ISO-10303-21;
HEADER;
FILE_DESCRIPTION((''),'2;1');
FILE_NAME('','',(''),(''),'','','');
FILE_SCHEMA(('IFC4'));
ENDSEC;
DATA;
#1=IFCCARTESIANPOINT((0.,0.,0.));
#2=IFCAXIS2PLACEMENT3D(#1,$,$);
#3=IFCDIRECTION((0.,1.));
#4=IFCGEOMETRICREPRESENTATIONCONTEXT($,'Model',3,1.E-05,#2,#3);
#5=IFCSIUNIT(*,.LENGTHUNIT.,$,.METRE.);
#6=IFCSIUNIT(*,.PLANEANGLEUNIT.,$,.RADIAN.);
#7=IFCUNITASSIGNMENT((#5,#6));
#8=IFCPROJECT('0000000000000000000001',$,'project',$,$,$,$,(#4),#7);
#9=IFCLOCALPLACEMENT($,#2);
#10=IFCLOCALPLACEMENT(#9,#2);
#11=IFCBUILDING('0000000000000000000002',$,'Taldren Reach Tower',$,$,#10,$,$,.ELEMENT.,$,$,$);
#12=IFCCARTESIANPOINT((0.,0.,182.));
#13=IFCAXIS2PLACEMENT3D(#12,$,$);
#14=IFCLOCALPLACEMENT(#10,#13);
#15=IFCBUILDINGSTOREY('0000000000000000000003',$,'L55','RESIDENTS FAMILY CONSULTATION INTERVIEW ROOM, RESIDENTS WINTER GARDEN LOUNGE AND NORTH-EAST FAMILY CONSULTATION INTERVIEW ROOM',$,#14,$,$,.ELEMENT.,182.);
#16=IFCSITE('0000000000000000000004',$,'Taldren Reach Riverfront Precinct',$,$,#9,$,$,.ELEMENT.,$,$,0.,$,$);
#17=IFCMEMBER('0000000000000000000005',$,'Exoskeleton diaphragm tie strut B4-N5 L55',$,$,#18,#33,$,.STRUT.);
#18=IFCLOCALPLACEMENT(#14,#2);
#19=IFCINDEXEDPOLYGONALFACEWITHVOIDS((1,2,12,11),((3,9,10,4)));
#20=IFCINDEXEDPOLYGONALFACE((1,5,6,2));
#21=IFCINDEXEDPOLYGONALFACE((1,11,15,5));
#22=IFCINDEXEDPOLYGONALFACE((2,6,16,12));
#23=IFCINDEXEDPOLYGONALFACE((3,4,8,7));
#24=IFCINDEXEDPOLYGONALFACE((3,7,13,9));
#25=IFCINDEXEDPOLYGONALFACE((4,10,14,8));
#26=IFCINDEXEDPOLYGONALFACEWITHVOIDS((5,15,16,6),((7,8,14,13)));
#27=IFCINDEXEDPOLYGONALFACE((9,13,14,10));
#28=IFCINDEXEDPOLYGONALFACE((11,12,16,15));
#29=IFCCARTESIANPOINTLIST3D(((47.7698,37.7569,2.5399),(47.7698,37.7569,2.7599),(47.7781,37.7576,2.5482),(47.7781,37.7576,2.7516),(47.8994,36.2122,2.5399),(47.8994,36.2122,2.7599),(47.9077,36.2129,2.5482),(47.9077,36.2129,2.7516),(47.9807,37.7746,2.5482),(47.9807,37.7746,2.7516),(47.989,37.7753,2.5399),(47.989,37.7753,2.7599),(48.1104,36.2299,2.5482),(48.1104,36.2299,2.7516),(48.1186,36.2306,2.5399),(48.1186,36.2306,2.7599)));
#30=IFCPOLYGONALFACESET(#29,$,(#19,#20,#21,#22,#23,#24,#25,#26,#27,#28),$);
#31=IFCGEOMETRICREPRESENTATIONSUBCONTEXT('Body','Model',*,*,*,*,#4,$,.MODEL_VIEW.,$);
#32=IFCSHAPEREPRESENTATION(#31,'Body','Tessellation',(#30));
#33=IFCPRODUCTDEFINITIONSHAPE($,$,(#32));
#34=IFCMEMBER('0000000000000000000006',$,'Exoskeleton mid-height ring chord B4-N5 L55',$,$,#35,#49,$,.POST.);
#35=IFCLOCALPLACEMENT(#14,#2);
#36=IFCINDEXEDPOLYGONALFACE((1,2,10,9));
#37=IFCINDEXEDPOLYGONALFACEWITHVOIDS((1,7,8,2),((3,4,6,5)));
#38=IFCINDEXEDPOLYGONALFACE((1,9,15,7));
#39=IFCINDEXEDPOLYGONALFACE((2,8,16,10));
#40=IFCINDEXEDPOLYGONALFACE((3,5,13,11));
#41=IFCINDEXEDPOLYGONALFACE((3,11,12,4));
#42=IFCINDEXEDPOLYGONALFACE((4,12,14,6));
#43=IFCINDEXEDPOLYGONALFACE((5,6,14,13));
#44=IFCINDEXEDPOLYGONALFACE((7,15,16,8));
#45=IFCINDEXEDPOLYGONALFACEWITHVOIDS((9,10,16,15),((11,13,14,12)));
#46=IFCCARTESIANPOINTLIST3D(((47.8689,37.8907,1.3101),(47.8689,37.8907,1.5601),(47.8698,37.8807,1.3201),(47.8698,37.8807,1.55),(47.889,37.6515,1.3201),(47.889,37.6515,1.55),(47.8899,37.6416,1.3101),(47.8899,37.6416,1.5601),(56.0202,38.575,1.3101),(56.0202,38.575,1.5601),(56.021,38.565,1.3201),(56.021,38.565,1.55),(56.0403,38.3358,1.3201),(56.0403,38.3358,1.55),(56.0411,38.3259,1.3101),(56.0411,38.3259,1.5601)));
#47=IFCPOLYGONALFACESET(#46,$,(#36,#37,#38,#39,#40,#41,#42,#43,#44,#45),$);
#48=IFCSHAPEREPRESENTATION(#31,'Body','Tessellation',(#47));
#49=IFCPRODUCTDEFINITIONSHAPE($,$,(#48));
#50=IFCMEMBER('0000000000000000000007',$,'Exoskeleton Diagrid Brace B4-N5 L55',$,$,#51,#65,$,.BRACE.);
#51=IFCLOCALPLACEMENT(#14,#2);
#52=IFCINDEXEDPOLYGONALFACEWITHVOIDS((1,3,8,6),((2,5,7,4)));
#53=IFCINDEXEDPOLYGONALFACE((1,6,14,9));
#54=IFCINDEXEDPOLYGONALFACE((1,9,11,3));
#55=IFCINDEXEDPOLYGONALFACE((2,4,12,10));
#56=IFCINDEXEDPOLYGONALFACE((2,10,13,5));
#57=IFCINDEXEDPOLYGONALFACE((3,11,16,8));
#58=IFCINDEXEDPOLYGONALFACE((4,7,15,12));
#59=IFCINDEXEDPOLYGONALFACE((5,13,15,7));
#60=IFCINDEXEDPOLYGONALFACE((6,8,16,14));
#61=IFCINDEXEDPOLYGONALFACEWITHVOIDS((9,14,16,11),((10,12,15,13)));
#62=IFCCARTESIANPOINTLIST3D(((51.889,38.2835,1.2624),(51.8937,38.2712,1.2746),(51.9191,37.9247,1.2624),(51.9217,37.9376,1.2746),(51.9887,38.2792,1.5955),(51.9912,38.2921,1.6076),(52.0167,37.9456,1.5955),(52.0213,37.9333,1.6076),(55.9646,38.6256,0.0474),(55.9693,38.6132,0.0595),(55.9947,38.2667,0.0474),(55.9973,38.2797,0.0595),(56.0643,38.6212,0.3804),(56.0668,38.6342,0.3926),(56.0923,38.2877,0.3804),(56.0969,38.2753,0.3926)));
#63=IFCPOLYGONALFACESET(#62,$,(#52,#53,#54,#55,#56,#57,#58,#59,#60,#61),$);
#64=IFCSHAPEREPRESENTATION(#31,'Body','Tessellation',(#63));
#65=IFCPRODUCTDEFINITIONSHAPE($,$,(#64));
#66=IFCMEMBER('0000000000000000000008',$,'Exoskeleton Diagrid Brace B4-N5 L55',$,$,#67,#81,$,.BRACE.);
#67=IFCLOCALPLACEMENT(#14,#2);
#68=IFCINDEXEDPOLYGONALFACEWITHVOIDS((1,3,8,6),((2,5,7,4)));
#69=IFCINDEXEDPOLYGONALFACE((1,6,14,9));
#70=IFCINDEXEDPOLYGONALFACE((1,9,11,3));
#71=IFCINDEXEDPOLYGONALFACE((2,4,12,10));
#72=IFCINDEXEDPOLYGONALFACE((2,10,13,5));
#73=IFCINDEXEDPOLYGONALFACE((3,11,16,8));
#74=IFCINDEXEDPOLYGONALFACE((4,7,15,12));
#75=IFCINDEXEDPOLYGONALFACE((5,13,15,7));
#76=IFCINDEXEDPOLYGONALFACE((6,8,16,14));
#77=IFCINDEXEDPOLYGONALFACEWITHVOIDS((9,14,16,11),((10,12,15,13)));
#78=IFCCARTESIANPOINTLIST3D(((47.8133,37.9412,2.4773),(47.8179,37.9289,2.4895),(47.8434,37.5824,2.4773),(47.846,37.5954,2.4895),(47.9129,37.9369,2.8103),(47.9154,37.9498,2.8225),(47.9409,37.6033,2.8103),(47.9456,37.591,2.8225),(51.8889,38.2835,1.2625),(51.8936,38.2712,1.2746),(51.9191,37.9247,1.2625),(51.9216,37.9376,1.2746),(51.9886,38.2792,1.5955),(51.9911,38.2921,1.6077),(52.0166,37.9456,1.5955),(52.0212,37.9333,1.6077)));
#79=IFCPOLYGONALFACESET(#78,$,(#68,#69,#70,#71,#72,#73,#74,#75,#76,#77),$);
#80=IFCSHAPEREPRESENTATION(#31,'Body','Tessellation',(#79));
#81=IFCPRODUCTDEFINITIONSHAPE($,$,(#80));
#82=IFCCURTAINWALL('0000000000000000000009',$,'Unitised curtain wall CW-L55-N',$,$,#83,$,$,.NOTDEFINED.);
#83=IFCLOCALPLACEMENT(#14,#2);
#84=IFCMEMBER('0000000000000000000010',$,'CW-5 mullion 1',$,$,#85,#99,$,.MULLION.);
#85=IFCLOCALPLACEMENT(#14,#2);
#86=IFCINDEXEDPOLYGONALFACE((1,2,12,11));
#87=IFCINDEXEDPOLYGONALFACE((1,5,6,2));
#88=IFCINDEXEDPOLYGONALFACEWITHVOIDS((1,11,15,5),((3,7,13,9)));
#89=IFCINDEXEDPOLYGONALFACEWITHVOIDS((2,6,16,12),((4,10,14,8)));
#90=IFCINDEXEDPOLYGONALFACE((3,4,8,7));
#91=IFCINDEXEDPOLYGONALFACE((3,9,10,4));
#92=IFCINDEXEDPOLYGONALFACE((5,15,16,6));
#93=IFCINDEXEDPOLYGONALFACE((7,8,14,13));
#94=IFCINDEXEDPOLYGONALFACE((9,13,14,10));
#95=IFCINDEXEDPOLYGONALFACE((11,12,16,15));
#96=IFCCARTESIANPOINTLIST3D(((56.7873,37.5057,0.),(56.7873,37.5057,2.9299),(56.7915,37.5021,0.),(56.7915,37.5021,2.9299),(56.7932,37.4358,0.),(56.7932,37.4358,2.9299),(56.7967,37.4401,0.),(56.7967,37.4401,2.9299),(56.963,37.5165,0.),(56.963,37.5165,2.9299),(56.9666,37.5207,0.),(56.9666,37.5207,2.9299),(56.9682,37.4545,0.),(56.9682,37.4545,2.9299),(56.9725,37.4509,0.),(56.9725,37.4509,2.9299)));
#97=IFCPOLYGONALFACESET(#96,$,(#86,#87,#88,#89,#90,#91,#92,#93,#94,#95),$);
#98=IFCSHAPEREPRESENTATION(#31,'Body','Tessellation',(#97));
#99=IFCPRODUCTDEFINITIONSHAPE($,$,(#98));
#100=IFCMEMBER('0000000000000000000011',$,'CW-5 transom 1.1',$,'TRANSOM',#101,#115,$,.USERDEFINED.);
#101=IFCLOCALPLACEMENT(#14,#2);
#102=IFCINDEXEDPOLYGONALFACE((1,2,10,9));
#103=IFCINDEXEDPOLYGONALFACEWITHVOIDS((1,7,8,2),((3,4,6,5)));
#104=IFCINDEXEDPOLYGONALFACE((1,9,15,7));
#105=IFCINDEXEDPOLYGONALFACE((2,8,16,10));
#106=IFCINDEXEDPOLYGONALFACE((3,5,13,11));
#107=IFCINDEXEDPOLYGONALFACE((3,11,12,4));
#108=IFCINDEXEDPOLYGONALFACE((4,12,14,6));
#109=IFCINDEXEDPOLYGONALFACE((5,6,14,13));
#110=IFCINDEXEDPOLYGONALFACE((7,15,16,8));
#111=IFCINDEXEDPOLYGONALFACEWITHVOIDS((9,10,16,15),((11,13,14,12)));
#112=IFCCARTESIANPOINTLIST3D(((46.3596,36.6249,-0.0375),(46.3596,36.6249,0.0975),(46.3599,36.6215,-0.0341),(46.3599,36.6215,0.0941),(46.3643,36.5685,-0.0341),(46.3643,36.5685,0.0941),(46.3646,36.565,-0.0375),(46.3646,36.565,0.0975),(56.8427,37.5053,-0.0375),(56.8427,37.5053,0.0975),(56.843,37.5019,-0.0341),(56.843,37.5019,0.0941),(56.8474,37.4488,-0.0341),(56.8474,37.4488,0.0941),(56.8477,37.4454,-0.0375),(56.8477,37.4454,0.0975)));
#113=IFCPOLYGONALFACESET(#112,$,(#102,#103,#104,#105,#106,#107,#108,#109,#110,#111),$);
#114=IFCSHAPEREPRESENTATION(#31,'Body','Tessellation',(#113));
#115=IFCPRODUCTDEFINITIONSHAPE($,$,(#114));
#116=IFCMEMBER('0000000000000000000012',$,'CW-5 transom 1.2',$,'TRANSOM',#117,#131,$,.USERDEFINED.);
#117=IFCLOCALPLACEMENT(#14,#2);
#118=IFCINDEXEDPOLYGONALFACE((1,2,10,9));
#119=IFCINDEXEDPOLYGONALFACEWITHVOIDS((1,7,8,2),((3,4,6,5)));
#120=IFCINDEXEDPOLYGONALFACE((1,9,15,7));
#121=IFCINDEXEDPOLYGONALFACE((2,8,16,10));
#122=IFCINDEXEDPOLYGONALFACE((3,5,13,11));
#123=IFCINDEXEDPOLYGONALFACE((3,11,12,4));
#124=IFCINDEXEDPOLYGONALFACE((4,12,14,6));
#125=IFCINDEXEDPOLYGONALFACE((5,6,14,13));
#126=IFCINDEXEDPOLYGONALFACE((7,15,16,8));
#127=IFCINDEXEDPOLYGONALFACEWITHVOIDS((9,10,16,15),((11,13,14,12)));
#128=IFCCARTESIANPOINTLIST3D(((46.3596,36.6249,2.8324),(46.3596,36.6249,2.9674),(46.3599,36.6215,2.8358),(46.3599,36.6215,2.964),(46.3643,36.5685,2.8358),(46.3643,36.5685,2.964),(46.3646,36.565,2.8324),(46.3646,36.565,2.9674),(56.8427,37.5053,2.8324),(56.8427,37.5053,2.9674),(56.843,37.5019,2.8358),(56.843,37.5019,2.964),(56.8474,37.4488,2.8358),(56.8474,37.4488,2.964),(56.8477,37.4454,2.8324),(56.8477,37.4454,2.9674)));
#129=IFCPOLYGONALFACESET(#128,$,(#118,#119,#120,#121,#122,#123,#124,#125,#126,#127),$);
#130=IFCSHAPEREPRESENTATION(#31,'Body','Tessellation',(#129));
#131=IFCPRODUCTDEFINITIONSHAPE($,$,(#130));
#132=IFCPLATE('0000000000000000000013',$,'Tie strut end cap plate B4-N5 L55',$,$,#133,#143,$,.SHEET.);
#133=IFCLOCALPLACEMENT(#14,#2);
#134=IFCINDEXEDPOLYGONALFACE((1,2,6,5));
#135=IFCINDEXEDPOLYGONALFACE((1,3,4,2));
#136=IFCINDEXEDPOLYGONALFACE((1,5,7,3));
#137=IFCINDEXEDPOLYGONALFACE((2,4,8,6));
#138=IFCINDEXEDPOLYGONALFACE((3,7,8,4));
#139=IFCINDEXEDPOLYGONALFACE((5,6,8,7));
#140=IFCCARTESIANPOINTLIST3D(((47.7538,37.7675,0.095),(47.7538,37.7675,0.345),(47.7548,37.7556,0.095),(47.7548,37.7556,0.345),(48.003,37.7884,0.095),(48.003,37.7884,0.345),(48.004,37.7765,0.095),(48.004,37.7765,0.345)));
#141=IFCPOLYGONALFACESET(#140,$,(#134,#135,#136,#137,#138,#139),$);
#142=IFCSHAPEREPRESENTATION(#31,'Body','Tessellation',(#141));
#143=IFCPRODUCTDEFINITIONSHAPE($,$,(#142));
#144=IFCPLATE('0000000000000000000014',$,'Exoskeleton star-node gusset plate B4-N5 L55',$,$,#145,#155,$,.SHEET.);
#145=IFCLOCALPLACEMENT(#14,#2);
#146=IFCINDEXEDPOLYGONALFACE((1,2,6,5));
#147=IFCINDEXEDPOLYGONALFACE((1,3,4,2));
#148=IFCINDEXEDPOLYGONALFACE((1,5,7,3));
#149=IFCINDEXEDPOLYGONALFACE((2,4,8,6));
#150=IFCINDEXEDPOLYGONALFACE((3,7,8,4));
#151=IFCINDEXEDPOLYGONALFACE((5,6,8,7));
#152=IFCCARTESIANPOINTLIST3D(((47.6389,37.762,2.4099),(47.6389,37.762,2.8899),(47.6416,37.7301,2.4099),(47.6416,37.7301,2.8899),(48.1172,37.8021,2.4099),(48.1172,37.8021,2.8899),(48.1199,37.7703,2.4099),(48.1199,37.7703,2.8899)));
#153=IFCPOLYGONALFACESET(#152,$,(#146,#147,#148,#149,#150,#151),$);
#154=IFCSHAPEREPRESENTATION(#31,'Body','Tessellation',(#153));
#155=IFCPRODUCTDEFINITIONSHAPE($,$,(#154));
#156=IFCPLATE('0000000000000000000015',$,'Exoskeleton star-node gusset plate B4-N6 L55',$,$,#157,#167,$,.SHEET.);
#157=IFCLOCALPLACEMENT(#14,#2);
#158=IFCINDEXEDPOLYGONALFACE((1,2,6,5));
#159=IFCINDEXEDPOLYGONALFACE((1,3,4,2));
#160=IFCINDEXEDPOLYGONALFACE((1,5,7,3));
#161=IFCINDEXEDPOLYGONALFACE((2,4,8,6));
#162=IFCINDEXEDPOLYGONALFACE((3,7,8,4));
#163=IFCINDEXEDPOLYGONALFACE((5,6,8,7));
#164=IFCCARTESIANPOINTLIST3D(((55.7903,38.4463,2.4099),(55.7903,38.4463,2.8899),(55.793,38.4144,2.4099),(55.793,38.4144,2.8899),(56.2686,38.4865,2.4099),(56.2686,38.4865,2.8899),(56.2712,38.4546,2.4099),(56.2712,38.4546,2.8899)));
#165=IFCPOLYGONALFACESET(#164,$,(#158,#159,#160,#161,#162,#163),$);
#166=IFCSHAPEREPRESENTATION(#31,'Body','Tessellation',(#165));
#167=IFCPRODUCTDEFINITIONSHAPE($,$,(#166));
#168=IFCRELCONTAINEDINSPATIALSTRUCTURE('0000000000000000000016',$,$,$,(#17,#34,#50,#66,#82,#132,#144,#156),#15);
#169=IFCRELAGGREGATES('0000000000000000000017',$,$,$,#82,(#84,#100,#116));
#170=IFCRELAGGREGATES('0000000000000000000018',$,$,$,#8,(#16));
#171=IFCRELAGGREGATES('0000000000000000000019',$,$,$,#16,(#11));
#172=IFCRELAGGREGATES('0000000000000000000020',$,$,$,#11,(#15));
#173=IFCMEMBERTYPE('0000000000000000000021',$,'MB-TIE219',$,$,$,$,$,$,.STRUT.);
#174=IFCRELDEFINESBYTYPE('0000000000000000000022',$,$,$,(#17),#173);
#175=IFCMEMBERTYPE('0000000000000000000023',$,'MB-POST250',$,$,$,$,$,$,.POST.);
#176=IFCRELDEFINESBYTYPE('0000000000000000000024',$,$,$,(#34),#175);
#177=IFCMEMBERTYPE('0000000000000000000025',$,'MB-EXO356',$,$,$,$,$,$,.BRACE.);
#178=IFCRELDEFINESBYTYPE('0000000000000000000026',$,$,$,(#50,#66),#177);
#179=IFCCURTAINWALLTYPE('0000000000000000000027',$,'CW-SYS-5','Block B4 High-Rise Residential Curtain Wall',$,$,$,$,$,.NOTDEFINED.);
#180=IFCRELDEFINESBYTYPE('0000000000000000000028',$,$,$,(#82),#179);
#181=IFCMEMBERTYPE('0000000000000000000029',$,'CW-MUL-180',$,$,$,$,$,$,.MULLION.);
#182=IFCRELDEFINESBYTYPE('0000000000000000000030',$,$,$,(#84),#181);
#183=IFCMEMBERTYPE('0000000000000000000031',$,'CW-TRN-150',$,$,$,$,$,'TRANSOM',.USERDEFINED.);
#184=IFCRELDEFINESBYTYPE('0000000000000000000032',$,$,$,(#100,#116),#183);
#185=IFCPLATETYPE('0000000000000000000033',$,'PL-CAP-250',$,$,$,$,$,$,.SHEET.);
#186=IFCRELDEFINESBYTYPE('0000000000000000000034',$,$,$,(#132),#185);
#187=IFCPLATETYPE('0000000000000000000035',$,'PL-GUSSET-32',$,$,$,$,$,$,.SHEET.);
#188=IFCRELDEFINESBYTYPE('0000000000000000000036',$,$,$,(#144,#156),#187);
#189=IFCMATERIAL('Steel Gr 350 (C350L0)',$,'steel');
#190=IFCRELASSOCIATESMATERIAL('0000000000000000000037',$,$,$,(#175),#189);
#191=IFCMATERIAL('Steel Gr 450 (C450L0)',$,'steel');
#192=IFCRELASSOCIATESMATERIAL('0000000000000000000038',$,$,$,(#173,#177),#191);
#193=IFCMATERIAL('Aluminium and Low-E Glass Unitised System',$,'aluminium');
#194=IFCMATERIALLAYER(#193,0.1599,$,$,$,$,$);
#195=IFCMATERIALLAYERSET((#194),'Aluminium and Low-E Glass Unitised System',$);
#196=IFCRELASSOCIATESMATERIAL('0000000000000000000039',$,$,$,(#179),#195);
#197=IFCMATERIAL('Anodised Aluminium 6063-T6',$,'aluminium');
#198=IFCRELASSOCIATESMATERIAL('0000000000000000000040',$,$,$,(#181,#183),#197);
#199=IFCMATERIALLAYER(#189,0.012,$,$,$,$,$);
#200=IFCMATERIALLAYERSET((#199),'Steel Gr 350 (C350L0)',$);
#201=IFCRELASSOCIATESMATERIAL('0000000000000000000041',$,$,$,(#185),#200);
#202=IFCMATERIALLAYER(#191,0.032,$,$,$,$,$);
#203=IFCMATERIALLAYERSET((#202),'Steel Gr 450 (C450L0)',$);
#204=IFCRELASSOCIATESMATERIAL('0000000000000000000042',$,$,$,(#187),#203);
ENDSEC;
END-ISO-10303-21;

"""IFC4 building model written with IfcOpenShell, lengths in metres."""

from ifc_helpers import new_model, si_unit, direction, frame, origin, origin_2d, place, context, subcontext, project, spatial, rectangle, hollow_rectangle, extrude, source, transform, mapped, material, layer, layer_set, material_profile, profile_set, type_object, element, aggregate, save


model = new_model("IFC4")

# Units and contexts
model_context = context("Model", 3, precision=1e-05, world=origin(), true_north=direction((0.0, 1.0)))
body_context = subcontext(model_context, "Body", "Model", "MODEL_VIEW")
ifc_project = project(units=[si_unit("LENGTHUNIT", "METRE"), si_unit("PLANEANGLEUNIT", "RADIAN")], contexts=[model_context])

# Site, building, storey
site_placement = place(None, origin())
site = spatial("IfcSite", under=ifc_project, at=site_placement, Name="Taldren Reach Riverfront Precinct", CompositionType="ELEMENT", RefElevation=0.0)
building_placement = place(site_placement, origin())
building = spatial("IfcBuilding", under=site, at=building_placement, Name="Taldren Reach Tower", CompositionType="ELEMENT")
storey_placement = place(building_placement, frame((0.0, 0.0, 182.0)))
storey = spatial("IfcBuildingStorey", under=building, at=storey_placement, Name="L55", Description="RESIDENTS FAMILY CONSULTATION INTERVIEW ROOM, RESIDENTS WINTER GARDEN LOUNGE AND NORTH-EAST FAMILY CONSULTATION INTERVIEW ROOM", CompositionType="ELEMENT", Elevation=182.0)

# Shared definitions
ifc_material_1 = material(Name="Steel Gr 350 (C350L0)", Category="steel")

# Shared definitions
ifc_material_profile_1 = material_profile(ifc_material_1, hollow_rectangle(XDim=0.25, YDim=0.25, WallThickness=0.01, at=origin_2d()), Name="250x250x10.0SHS")
ifc_profile_set_1 = profile_set([ifc_material_profile_1], Name="Steel Gr 350 (C350L0)")
member_type_1 = type_object("IfcMemberType", Name="MB-POST250", PredefinedType="POST", material=ifc_profile_set_1)

# Members
ifc_material_2 = material(Name="Steel Gr 450 (C450L0)", Category="steel")
ifc_material_profile_2 = material_profile(ifc_material_2, hollow_rectangle(XDim=0.22, YDim=0.22, WallThickness=0.0083, at=origin_2d()), Name="220x220x8.2SHS")
ifc_profile_set_2 = profile_set([ifc_material_profile_2], Name="Steel Gr 450 (C450L0)")
member_type_2 = type_object("IfcMemberType", Name="MB-TIE219", PredefinedType="STRUT", material=ifc_profile_set_2)
shared_shape_1 = source(origin(), body_context, "Body", "SweptSolid", [
    extrude(hollow_rectangle(XDim=0.22, YDim=0.22, WallThickness=0.0083, at=origin_2d()), origin(), (0.0, 0.0, 1.0), 1.55),
])
member_1_placement = place(storey_placement, frame((48.009, 36.2214, 2.6499), z_axis=(-0.083632, 0.996497, 0.0), x_axis=(-0.996497, -0.083632, 0.0)))
element("IfcMember", 1, at=member_1_placement, inside=storey, type_object=member_type_2, Name="Exoskeleton diaphragm tie strut B4-N5 L55", PredefinedType="STRUT", context=body_context, shape_type="MappedRepresentation", body=[
    mapped(shared_shape_1, transform((0.0, 0.0, 0.0), scale=1.0)),
])
shared_shape_2 = source(origin(), body_context, "Body", "SweptSolid", [
    extrude(hollow_rectangle(XDim=0.25, YDim=0.25, WallThickness=0.01, at=origin_2d()), origin(), (0.0, 0.0, 1.0), 8.1799),
])
member_2_placement = place(storey_placement, frame((47.8794, 37.7661, 1.4351), z_axis=(0.996495, 0.083658, 0.0), x_axis=(-0.083658, 0.996495, 0.0)))
element("IfcMember", 2, at=member_2_placement, inside=storey, type_object=member_type_1, Name="Exoskeleton mid-height ring chord B4-N5 L55", PredefinedType="POST", context=body_context, shape_type="MappedRepresentation", body=[
    mapped(shared_shape_2, transform((0.0, 0.0, 0.0), scale=1.0)),
])
ifc_material_profile_3 = material_profile(ifc_material_2, hollow_rectangle(XDim=0.3601, YDim=0.3601, WallThickness=0.0127, at=origin_2d()), Name="360x360x12.7SHS")
ifc_profile_set_3 = profile_set([ifc_material_profile_3], Name="Steel Gr 450 (C450L0)")
member_type_3 = type_object("IfcMemberType", Name="MB-EXO356", PredefinedType="BRACE", material=ifc_profile_set_3)
shared_shape_3 = source(origin(), body_context, "Body", "SweptSolid", [
    extrude(hollow_rectangle(XDim=0.3601, YDim=0.3601, WallThickness=0.0127, at=origin_2d()), origin(), (0.0, 0.0, 1.0), 4.2666),
])
for number, where, z_axis, x_axis, name in (
    (3, (56.0308, 38.4504, 0.22), (-0.955234, -0.080165, 0.284785), (0.083628, -0.996497, 0.0), "Exoskeleton Diagrid Brace B4-N5 L55"),
    (4, (51.9551, 38.1084, 1.4351), (-0.955245, -0.080224, 0.284731), (0.083688, -0.996492, 0.0), "Exoskeleton Diagrid Brace B4-N5 L55"),
):
    element("IfcMember", number, at=place(storey_placement, frame(where, z_axis=z_axis, x_axis=x_axis)), inside=storey, type_object=member_type_3, Name=name, PredefinedType="BRACE", context=body_context, shape_type="MappedRepresentation", body=[
        mapped(shared_shape_3, transform((0.0, 0.0, 0.0), scale=1.0)),
    ])

# Curtain wall, members
ifc_material_3 = material(Name="Aluminium and Low-E Glass Unitised System", Category="aluminium")
ifc_layer_1 = layer(ifc_material_3, 0.1599)
ifc_layer_set_1 = layer_set([ifc_layer_1], Name="Aluminium and Low-E Glass Unitised System")
curtain_wall_type = type_object("IfcCurtainWallType", Name="CW-SYS-5", Description="Block B4 High-Rise Residential Curtain Wall", PredefinedType="NOTDEFINED", material=ifc_layer_set_1)
curtain_wall_placement = place(storey_placement, origin())
curtain_wall = element("IfcCurtainWall", 5, at=curtain_wall_placement, inside=storey, type_object=curtain_wall_type, Name="Unitised curtain wall CW-L55-N", PredefinedType="NOTDEFINED")
ifc_material_4 = material(Name="Anodised Aluminium 6063-T6", Category="aluminium")
ifc_material_profile_4 = material_profile(ifc_material_4, hollow_rectangle(XDim=0.0701, YDim=0.1799, WallThickness=0.0039, at=origin_2d()), Name="ALU-180x70x4RHS")
ifc_profile_set_4 = profile_set([ifc_material_profile_4], Name="Anodised Aluminium 6063-T6")
member_type_4 = type_object("IfcMemberType", Name="CW-MUL-180", PredefinedType="MULLION", material=ifc_profile_set_4)
shared_shape_4 = source(origin(), body_context, "Body", "SweptSolid", [
    extrude(hollow_rectangle(XDim=0.0701, YDim=0.1799, WallThickness=0.0039, at=origin_2d()), origin(), (0.0, 0.0, 1.0), 2.9299),
])
member_3_placement = place(storey_placement, frame((56.8799, 37.4783, 0.0), z_axis=(0.0, 0.0, 1.0), x_axis=(0.083678, -0.996493, 0.0)))
member_3 = element("IfcMember", 6, at=member_3_placement, type_object=member_type_4, Name="CW-5 mullion 1", PredefinedType="MULLION", context=body_context, shape_type="MappedRepresentation", body=[
    mapped(shared_shape_4, transform((0.0, 0.0, 0.0), scale=1.0)),
])
ifc_material_profile_5 = material_profile(ifc_material_4, hollow_rectangle(XDim=0.0601, YDim=0.135, WallThickness=0.0034, at=origin_2d()), Name="ALU-135x60x3.5RHS")
ifc_profile_set_5 = profile_set([ifc_material_profile_5], Name="Anodised Aluminium 6063-T6")
member_type_5 = type_object("IfcMemberType", Name="CW-TRN-150", ElementType="TRANSOM", PredefinedType="USERDEFINED", material=ifc_profile_set_5)
shared_shape_5 = source(origin(), body_context, "Body", "SweptSolid", [
    extrude(hollow_rectangle(XDim=0.0601, YDim=0.135, WallThickness=0.0034, at=origin_2d()), origin(), (0.0, 0.0, 1.0), 10.52),
])
member_4_placement = place(storey_placement, frame((56.8452, 37.4753, 0.03), z_axis=(-0.996492, -0.083685, 0.0), x_axis=(0.083685, -0.996492, 0.0)))
member_4 = element("IfcMember", 7, at=member_4_placement, type_object=member_type_5, Name="CW-5 transom 1.1", ObjectType="TRANSOM", PredefinedType="USERDEFINED", context=body_context, shape_type="MappedRepresentation", body=[
    mapped(shared_shape_5, transform((0.0, 0.0, 0.0), scale=1.0)),
])
member_5_placement = place(storey_placement, frame((56.8452, 37.4753, 2.8999), z_axis=(-0.996492, -0.083685, 0.0), x_axis=(0.083685, -0.996492, 0.0)))
member_5 = element("IfcMember", 8, at=member_5_placement, type_object=member_type_5, Name="CW-5 transom 1.2", ObjectType="TRANSOM", PredefinedType="USERDEFINED", context=body_context, shape_type="MappedRepresentation", body=[
    mapped(shared_shape_5, transform((0.0, 0.0, 0.0), scale=1.0)),
])

# Plates
ifc_layer_2 = layer(ifc_material_1, 0.012)
ifc_layer_set_2 = layer_set([ifc_layer_2], Name="Steel Gr 350 (C350L0)")
plate_type_1 = type_object("IfcPlateType", Name="PL-CAP-250", PredefinedType="SHEET", material=ifc_layer_set_2)
shared_shape_6 = source(origin(), body_context, "Body", "SweptSolid", [
    extrude(rectangle(XDim=0.25, YDim=0.012, at=origin_2d()), origin(), (0.0, 0.0, 1.0), 0.25),
])
plate_1_placement = place(storey_placement, frame((47.8789, 37.772, 0.095), z_axis=(0.0, 0.0, 1.0), x_axis=(0.996493, 0.083678, 0.0)))
element("IfcPlate", 9, at=plate_1_placement, inside=storey, type_object=plate_type_1, Name="Tie strut end cap plate B4-N5 L55", PredefinedType="SHEET", context=body_context, shape_type="MappedRepresentation", body=[
    mapped(shared_shape_6, transform((0.0, 0.0, 0.0), scale=1.0)),
])
ifc_layer_3 = layer(ifc_material_2, 0.032)
ifc_layer_set_3 = layer_set([ifc_layer_3], Name="Steel Gr 450 (C450L0)")
plate_type_2 = type_object("IfcPlateType", Name="PL-GUSSET-32", PredefinedType="SHEET", material=ifc_layer_set_3)
shared_shape_7 = source(origin(), body_context, "Body", "SweptSolid", [
    extrude(rectangle(XDim=0.48, YDim=0.032, at=origin_2d()), origin(), (0.0, 0.0, 1.0), 0.48),
])
for number, where, z_axis, x_axis, name in (
    (10, (47.8794, 37.7661, 2.4099), (0.0, 0.0, 1.0), (0.996493, 0.083678, 0.0), "Exoskeleton star-node gusset plate B4-N5 L55"),
    (11, (56.0308, 38.4504, 2.4099), (0.0, 0.0, 1.0), (0.996493, 0.083678, 0.0), "Exoskeleton star-node gusset plate B4-N6 L55"),
):
    element("IfcPlate", number, at=place(storey_placement, frame(where, z_axis=z_axis, x_axis=x_axis)), inside=storey, type_object=plate_type_2, Name=name, PredefinedType="SHEET", context=body_context, shape_type="MappedRepresentation", body=[
        mapped(shared_shape_7, transform((0.0, 0.0, 0.0), scale=1.0)),
    ])

aggregate(curtain_wall, [member_3, member_4, member_5])

save(model, "model.ifc")
